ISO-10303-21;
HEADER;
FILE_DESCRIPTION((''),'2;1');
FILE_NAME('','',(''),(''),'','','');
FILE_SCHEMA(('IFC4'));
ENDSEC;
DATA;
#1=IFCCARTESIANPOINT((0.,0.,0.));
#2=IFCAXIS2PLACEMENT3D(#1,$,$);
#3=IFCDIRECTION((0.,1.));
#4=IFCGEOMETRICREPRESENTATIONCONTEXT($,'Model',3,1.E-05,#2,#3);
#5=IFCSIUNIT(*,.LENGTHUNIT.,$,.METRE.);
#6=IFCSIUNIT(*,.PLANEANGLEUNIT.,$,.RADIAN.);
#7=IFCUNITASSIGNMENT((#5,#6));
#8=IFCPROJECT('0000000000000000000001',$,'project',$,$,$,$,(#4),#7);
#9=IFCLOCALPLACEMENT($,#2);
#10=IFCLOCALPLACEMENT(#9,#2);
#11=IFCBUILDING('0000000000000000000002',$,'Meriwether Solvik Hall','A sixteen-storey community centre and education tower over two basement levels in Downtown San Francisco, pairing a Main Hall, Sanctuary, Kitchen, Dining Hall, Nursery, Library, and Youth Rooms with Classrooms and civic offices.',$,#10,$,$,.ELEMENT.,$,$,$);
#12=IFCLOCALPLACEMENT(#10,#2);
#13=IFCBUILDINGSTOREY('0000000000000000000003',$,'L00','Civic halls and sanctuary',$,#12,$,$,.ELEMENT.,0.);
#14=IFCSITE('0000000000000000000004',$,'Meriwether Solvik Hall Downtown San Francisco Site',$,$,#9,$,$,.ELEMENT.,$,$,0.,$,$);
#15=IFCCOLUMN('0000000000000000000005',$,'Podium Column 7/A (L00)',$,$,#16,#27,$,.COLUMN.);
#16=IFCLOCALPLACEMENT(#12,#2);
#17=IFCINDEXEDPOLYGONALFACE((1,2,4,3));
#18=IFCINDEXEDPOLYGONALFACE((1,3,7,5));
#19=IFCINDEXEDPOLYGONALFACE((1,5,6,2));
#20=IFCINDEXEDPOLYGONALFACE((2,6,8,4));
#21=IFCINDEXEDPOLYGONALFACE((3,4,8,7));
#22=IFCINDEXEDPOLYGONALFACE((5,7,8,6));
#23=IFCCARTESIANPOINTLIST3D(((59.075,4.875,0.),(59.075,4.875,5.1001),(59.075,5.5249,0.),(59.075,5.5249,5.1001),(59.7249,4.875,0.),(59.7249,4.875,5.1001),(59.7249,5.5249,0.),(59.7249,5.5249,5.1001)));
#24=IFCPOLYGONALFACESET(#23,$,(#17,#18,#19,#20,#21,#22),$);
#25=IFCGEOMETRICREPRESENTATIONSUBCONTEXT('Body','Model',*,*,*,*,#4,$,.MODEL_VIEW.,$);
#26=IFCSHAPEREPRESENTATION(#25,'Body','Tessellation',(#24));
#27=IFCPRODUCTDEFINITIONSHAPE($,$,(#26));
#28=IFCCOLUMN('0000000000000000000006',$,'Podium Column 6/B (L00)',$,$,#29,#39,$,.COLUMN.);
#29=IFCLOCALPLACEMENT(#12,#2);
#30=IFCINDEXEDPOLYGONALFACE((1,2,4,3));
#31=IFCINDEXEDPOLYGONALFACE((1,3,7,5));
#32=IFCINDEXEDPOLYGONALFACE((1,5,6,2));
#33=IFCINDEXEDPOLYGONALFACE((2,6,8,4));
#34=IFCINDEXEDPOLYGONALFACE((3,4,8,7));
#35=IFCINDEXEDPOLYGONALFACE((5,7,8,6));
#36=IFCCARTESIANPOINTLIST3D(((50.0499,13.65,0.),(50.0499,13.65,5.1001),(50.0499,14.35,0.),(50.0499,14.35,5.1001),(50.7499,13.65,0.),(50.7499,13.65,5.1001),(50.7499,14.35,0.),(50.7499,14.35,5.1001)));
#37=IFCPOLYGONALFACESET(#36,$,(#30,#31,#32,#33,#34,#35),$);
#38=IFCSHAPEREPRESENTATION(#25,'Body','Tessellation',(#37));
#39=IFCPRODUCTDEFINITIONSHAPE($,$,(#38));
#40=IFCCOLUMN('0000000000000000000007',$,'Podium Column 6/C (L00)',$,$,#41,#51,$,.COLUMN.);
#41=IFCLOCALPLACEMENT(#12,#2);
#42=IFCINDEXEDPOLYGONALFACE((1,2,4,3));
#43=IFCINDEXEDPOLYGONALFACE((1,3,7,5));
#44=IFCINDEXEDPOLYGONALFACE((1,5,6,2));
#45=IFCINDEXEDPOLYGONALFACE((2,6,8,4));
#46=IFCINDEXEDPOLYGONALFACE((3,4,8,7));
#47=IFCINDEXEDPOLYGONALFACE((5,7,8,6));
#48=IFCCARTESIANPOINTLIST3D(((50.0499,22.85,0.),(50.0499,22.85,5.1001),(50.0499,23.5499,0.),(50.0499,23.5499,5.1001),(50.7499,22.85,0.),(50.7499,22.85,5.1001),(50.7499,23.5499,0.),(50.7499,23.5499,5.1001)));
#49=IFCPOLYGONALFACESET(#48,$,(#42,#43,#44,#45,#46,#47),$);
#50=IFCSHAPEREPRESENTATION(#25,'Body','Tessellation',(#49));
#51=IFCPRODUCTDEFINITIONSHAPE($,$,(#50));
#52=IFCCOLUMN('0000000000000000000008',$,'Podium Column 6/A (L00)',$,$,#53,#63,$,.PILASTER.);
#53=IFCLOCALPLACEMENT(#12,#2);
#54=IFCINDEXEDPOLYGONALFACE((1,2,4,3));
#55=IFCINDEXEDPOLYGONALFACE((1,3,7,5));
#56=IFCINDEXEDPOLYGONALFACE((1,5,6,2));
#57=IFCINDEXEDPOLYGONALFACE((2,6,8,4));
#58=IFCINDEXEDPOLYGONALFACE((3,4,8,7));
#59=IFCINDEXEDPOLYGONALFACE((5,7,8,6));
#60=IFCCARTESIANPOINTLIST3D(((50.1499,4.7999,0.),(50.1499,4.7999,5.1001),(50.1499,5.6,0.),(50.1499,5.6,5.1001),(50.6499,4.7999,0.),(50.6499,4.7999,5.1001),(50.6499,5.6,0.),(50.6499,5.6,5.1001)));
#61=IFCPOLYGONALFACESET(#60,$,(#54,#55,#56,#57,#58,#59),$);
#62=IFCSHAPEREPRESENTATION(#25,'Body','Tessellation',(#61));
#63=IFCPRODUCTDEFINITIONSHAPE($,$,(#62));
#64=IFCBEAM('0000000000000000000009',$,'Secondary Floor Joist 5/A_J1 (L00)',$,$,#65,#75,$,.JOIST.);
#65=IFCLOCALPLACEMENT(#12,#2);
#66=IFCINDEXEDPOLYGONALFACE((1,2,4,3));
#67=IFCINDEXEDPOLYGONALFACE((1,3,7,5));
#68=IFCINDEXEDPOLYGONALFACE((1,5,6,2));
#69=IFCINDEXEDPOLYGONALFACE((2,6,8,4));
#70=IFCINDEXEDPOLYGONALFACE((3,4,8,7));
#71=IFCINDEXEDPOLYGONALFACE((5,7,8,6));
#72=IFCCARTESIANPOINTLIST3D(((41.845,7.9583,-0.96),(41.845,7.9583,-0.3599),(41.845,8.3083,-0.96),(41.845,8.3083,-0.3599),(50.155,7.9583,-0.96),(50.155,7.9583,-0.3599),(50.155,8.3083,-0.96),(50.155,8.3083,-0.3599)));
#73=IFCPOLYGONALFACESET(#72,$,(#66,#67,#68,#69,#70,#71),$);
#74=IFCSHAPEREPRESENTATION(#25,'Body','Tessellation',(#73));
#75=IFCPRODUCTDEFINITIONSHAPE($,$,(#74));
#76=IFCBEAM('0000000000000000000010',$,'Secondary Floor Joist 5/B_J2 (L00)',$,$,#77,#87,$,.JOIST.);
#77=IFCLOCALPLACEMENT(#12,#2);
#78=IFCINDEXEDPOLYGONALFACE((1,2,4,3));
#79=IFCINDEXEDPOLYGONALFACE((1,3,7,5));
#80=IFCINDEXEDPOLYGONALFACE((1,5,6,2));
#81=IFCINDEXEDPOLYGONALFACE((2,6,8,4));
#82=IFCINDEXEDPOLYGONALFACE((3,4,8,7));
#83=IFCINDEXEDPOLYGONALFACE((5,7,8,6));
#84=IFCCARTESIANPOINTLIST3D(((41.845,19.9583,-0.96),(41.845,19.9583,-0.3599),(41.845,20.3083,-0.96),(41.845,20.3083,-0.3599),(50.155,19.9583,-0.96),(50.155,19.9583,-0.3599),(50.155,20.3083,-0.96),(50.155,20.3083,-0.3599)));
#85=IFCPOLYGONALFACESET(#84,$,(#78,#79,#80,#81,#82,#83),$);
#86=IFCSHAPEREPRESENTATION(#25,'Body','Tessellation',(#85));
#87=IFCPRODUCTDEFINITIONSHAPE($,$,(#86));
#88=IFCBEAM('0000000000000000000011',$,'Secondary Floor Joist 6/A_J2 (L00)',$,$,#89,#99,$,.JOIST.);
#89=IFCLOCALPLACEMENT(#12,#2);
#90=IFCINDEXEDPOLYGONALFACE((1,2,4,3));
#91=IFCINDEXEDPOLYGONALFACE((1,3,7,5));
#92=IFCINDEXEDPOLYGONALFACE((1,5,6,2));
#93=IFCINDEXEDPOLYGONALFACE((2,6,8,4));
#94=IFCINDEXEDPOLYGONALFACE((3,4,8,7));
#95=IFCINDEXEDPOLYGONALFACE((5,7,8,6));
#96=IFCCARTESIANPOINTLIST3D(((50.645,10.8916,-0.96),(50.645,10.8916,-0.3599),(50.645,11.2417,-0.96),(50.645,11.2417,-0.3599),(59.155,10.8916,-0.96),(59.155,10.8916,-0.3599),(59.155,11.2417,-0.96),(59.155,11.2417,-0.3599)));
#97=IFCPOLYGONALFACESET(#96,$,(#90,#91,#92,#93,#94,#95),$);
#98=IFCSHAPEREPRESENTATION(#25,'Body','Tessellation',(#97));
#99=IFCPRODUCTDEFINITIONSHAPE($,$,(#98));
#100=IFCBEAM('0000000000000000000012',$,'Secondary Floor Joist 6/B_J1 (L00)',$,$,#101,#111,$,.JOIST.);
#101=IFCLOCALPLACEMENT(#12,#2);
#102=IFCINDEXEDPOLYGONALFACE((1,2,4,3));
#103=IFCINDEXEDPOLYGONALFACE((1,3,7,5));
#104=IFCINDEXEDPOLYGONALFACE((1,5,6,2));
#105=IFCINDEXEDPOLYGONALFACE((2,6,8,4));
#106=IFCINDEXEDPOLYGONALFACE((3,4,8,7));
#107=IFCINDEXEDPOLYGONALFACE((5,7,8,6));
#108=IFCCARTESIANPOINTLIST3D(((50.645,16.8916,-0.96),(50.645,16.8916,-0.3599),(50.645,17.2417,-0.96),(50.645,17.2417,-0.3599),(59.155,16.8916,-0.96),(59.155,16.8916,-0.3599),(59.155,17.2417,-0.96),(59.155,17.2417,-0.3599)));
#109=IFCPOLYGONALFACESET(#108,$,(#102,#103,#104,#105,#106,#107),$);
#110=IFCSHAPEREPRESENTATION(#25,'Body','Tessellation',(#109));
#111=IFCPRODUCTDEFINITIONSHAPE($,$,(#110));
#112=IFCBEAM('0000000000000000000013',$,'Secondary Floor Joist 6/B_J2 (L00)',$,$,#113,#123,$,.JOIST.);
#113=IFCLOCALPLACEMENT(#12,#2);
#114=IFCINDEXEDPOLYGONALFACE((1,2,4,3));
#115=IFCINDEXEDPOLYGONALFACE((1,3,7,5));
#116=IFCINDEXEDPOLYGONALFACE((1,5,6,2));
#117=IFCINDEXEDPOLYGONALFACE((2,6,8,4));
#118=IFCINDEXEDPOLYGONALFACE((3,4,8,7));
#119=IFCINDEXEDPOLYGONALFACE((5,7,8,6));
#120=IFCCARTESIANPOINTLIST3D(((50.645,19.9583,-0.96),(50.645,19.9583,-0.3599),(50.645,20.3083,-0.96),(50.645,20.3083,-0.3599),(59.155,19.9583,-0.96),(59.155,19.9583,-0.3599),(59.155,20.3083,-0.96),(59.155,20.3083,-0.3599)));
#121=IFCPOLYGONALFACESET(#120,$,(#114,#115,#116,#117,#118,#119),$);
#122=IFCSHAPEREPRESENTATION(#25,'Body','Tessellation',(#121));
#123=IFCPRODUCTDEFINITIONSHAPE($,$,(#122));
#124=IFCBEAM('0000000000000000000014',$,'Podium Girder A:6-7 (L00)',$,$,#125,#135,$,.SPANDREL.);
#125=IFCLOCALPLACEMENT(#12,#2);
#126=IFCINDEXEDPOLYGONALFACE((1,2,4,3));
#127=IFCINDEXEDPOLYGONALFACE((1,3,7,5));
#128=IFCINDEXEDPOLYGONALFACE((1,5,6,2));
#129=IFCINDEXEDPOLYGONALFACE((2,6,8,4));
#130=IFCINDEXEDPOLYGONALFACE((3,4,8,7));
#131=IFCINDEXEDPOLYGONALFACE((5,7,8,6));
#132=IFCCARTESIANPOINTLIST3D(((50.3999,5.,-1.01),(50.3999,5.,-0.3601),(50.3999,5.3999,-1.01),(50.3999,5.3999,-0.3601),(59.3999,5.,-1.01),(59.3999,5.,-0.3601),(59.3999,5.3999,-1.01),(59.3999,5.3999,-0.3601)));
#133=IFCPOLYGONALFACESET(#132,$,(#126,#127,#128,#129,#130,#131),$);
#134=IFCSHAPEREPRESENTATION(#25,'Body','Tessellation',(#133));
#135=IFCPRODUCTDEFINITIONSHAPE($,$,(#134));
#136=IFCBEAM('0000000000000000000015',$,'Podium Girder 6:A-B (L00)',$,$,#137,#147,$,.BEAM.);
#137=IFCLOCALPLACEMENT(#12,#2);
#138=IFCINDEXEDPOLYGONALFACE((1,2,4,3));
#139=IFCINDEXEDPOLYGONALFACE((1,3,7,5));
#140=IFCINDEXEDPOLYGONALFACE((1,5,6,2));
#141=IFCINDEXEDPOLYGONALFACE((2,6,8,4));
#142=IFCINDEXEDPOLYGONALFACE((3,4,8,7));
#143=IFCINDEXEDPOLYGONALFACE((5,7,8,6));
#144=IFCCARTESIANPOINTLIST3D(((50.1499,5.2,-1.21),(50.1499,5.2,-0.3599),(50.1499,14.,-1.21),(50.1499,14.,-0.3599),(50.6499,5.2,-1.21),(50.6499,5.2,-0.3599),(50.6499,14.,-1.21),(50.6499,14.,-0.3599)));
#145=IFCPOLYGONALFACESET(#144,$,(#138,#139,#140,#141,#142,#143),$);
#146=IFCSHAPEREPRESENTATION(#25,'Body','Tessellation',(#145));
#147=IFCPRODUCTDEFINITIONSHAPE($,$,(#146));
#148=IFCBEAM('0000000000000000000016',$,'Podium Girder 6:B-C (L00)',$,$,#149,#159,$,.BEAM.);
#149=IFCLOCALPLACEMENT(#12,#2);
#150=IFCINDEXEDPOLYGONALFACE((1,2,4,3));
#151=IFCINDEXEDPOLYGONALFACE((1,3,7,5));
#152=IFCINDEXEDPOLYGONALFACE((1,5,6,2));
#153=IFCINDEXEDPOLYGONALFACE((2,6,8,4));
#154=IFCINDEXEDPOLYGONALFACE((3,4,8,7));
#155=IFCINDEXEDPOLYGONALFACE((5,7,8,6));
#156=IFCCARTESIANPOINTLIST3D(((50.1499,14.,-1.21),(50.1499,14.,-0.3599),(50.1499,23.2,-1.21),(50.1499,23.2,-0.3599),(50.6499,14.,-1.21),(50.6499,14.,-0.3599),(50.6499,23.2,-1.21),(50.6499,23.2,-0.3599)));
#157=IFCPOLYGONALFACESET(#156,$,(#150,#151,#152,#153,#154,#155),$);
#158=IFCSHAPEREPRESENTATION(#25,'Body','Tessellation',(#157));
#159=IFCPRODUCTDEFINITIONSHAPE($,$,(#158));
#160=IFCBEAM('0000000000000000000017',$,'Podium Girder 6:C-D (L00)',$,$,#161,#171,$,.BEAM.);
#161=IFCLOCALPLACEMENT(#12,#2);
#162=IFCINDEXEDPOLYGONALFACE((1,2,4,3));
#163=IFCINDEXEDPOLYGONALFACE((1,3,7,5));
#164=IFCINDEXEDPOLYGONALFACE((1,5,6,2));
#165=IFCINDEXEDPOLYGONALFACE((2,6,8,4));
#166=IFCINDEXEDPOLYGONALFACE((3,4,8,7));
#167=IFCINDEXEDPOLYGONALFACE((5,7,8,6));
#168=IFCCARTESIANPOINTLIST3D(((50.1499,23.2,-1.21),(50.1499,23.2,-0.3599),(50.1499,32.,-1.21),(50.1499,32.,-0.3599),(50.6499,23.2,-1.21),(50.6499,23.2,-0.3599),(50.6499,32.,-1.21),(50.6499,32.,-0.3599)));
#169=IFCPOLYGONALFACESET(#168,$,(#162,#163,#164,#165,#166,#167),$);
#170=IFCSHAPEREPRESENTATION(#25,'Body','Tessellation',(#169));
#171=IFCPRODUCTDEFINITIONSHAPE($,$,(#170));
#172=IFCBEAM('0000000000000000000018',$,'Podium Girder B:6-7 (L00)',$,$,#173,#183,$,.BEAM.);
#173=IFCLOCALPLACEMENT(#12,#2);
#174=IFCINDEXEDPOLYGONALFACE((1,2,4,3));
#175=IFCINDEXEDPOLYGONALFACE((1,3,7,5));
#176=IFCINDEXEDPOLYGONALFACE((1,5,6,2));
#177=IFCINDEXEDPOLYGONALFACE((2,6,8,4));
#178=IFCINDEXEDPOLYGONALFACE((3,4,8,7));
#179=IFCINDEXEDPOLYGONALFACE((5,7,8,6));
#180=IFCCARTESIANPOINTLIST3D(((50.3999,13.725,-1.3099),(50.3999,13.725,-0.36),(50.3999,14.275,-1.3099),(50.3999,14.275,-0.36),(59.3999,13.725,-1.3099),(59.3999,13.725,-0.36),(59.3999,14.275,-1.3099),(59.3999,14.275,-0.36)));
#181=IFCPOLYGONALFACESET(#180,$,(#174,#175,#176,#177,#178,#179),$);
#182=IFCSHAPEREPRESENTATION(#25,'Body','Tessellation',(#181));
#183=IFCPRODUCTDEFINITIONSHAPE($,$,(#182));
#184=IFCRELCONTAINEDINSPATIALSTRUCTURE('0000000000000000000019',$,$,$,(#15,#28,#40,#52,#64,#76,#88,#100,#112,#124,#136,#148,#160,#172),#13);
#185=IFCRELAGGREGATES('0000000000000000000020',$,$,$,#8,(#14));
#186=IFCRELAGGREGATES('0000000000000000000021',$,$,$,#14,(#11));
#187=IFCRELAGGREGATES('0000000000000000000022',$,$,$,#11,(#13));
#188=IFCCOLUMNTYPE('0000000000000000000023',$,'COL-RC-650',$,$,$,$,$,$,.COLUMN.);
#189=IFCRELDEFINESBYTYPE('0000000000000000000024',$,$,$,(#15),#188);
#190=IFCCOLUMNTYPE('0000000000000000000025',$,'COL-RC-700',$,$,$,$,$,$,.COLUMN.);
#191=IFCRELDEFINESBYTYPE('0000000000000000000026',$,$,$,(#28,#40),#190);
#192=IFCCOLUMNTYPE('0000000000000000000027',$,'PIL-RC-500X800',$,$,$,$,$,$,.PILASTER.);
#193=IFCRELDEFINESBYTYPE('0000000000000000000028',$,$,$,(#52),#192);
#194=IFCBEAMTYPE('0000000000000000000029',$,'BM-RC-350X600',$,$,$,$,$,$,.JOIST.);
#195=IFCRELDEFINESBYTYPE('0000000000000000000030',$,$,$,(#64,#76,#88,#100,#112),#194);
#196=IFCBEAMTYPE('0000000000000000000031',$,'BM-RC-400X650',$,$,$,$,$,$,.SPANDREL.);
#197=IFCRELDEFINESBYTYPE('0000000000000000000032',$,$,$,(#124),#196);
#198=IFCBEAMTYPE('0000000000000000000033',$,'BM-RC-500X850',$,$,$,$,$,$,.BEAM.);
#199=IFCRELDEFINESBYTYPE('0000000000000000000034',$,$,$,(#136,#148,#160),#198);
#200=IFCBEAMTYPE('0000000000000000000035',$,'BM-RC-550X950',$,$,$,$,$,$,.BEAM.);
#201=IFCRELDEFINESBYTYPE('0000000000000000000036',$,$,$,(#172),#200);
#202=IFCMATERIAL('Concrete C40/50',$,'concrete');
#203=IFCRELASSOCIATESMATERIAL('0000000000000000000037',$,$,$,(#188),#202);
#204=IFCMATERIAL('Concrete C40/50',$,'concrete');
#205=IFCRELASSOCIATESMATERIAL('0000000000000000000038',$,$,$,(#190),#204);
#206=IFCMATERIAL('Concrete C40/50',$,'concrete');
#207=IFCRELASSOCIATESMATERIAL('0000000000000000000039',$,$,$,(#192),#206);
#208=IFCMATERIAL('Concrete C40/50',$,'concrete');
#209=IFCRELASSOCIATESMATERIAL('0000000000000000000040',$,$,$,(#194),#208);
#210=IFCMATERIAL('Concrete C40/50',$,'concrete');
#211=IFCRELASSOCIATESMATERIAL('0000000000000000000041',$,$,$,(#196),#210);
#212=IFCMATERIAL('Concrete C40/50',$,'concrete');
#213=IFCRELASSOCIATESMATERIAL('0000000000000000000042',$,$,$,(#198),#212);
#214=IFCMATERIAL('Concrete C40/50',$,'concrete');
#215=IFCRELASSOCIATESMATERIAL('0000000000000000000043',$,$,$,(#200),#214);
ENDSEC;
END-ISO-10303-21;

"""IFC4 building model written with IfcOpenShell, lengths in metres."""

from ifc_helpers import new_model, si_unit, direction, frame, origin, origin_2d, place, context, subcontext, project, spatial, rectangle, extrude, material, material_profile, profile_set, type_object, element, save


model = new_model("IFC4")

# Units and contexts
model_context = context("Model", 3, precision=1e-05, world=origin(), true_north=direction((0.0, 1.0)))
body_context = subcontext(model_context, "Body", "Model", "MODEL_VIEW")
ifc_project = project(units=[si_unit("LENGTHUNIT", "METRE"), si_unit("PLANEANGLEUNIT", "RADIAN")], contexts=[model_context])

# Site, building, storey
site_placement = place(None, origin())
site = spatial("IfcSite", under=ifc_project, at=site_placement, Name="Meriwether Solvik Hall Downtown San Francisco Site", CompositionType="ELEMENT", RefElevation=0.0)
building_placement = place(site_placement, origin())
building = spatial("IfcBuilding", under=site, at=building_placement, Name="Meriwether Solvik Hall", Description="A sixteen-storey community centre and education tower over two basement levels in Downtown San Francisco, pairing a Main Hall, Sanctuary, Kitchen, Dining Hall, Nursery, Library, and Youth Rooms with Classrooms and civic offices.", CompositionType="ELEMENT")
storey_placement = place(building_placement, origin())
storey = spatial("IfcBuildingStorey", under=building, at=storey_placement, Name="L00", Description="Civic halls and sanctuary", CompositionType="ELEMENT", Elevation=0.0)

# Columns
ifc_material_1 = material(Name="Concrete C40/50", Category="concrete")
ifc_material_profile_1 = material_profile(ifc_material_1, rectangle(XDim=0.6499, YDim=0.6499, at=origin_2d()), Name="RCC-650X650")
ifc_profile_set_1 = profile_set([ifc_material_profile_1], Name="Concrete C40/50")
column_type_1 = type_object("IfcColumnType", Name="COL-RC-650", PredefinedType="COLUMN", material=ifc_profile_set_1)
column_1_placement = place(storey_placement, frame((59.3999, 5.2, 0.0), z_axis=(0.0, 0.0, 1.0), x_axis=(1.0, 0.0, 0.0)))
element("IfcColumn", 1, at=column_1_placement, inside=storey, type_object=column_type_1, Name="Podium Column 7/A (L00)", PredefinedType="COLUMN", context=body_context, shape_type="SweptSolid", body=[
    extrude(rectangle(XDim=0.6499, YDim=0.6499, at=origin_2d()), origin(), (0.0, 0.0, 1.0), 5.1001),
])
ifc_material_2 = material(Name="Concrete C40/50", Category="concrete")
ifc_material_profile_2 = material_profile(ifc_material_2, rectangle(XDim=0.7, YDim=0.7, at=origin_2d()), Name="RCC-700X700")
ifc_profile_set_2 = profile_set([ifc_material_profile_2], Name="Concrete C40/50")
column_type_2 = type_object("IfcColumnType", Name="COL-RC-700", PredefinedType="COLUMN", material=ifc_profile_set_2)
for number, where, z_axis, x_axis, name in (
    (2, (50.3999, 14.0, 0.0), (0.0, 0.0, 1.0), (1.0, 0.0, 0.0), "Podium Column 6/B (L00)"),
    (3, (50.3999, 23.2, 0.0), (0.0, 0.0, 1.0), (1.0, 0.0, 0.0), "Podium Column 6/C (L00)"),
):
    element("IfcColumn", number, at=place(storey_placement, frame(where, z_axis=z_axis, x_axis=x_axis)), inside=storey, type_object=column_type_2, Name=name, PredefinedType="COLUMN", context=body_context, shape_type="SweptSolid", body=[
        extrude(rectangle(XDim=0.7, YDim=0.7, at=origin_2d()), origin(), (0.0, 0.0, 1.0), 5.1001),
    ])
ifc_material_3 = material(Name="Concrete C40/50", Category="concrete")
ifc_material_profile_3 = material_profile(ifc_material_3, rectangle(XDim=0.5, YDim=0.8, at=origin_2d()), Name="RCP-500X800")
ifc_profile_set_3 = profile_set([ifc_material_profile_3], Name="Concrete C40/50")
column_type_3 = type_object("IfcColumnType", Name="PIL-RC-500X800", PredefinedType="PILASTER", material=ifc_profile_set_3)
column_2_placement = place(storey_placement, frame((50.3999, 5.2, 0.0), z_axis=(0.0, 0.0, 1.0), x_axis=(1.0, 0.0, 0.0)))
element("IfcColumn", 4, at=column_2_placement, inside=storey, type_object=column_type_3, Name="Podium Column 6/A (L00)", PredefinedType="PILASTER", context=body_context, shape_type="SweptSolid", body=[
    extrude(rectangle(XDim=0.5, YDim=0.8, at=origin_2d()), origin(), (0.0, 0.0, 1.0), 5.1001),
])

# Beams
ifc_material_4 = material(Name="Concrete C40/50", Category="concrete")
ifc_material_profile_4 = material_profile(ifc_material_4, rectangle(XDim=0.3501, YDim=0.6001, at=origin_2d()), Name="RCB-350X600")
ifc_profile_set_4 = profile_set([ifc_material_profile_4], Name="Concrete C40/50")
beam_type_1 = type_object("IfcBeamType", Name="BM-RC-350X600", PredefinedType="JOIST", material=ifc_profile_set_4)
for number, where, z_axis, x_axis, name in (
    (5, (41.845, 8.1333, -0.6599), (1.0, 0.0, 0.0), (0.0, 1.0, 0.0), "Secondary Floor Joist 5/A_J1 (L00)"),
    (6, (41.845, 20.1333, -0.6599), (1.0, 0.0, 0.0), (0.0, 1.0, 0.0), "Secondary Floor Joist 5/B_J2 (L00)"),
):
    element("IfcBeam", number, at=place(storey_placement, frame(where, z_axis=z_axis, x_axis=x_axis)), inside=storey, type_object=beam_type_1, Name=name, PredefinedType="JOIST", context=body_context, shape_type="SweptSolid", body=[
        extrude(rectangle(XDim=0.3501, YDim=0.6001, at=origin_2d()), origin(), (0.0, 0.0, 1.0), 8.3101),
    ])
for number, where, z_axis, x_axis, name in (
    (7, (50.645, 11.0667, -0.6599), (1.0, 0.0, 0.0), (0.0, 1.0, 0.0), "Secondary Floor Joist 6/A_J2 (L00)"),
    (8, (50.645, 17.0667, -0.6599), (1.0, 0.0, 0.0), (0.0, 1.0, 0.0), "Secondary Floor Joist 6/B_J1 (L00)"),
    (9, (50.645, 20.1333, -0.6599), (1.0, 0.0, 0.0), (0.0, 1.0, 0.0), "Secondary Floor Joist 6/B_J2 (L00)"),
):
    element("IfcBeam", number, at=place(storey_placement, frame(where, z_axis=z_axis, x_axis=x_axis)), inside=storey, type_object=beam_type_1, Name=name, PredefinedType="JOIST", context=body_context, shape_type="SweptSolid", body=[
        extrude(rectangle(XDim=0.3501, YDim=0.6001, at=origin_2d()), origin(), (0.0, 0.0, 1.0), 8.51),
    ])
ifc_material_5 = material(Name="Concrete C40/50", Category="concrete")
ifc_material_profile_5 = material_profile(ifc_material_5, rectangle(XDim=0.3999, YDim=0.6499, at=origin_2d()), Name="RCB-400X650")
ifc_profile_set_5 = profile_set([ifc_material_profile_5], Name="Concrete C40/50")
beam_type_2 = type_object("IfcBeamType", Name="BM-RC-400X650", PredefinedType="SPANDREL", material=ifc_profile_set_5)
beam_1_placement = place(storey_placement, frame((50.3999, 5.2, -0.6851), z_axis=(1.0, 0.0, 0.0), x_axis=(0.0, 1.0, 0.0)))
element("IfcBeam", 10, at=beam_1_placement, inside=storey, type_object=beam_type_2, Name="Podium Girder A:6-7 (L00)", PredefinedType="SPANDREL", context=body_context, shape_type="SweptSolid", body=[
    extrude(rectangle(XDim=0.3999, YDim=0.6499, at=origin_2d()), origin(), (0.0, 0.0, 1.0), 9.0),
])
ifc_material_6 = material(Name="Concrete C40/50", Category="concrete")
ifc_material_profile_6 = material_profile(ifc_material_6, rectangle(XDim=0.5, YDim=0.8501, at=origin_2d()), Name="RCB-500X850")
ifc_profile_set_6 = profile_set([ifc_material_profile_6], Name="Concrete C40/50")
beam_type_3 = type_object("IfcBeamType", Name="BM-RC-500X850", PredefinedType="BEAM", material=ifc_profile_set_6)
beam_2_placement = place(storey_placement, frame((50.3999, 5.2, -0.7849), z_axis=(0.0, 1.0, 0.0), x_axis=(-1.0, 0.0, 0.0)))
element("IfcBeam", 11, at=beam_2_placement, inside=storey, type_object=beam_type_3, Name="Podium Girder 6:A-B (L00)", PredefinedType="BEAM", context=body_context, shape_type="SweptSolid", body=[
    extrude(rectangle(XDim=0.5, YDim=0.8501, at=origin_2d()), origin(), (0.0, 0.0, 1.0), 8.8),
])
beam_3_placement = place(storey_placement, frame((50.3999, 14.0, -0.7849), z_axis=(0.0, 1.0, 0.0), x_axis=(-1.0, 0.0, 0.0)))
element("IfcBeam", 12, at=beam_3_placement, inside=storey, type_object=beam_type_3, Name="Podium Girder 6:B-C (L00)", PredefinedType="BEAM", context=body_context, shape_type="SweptSolid", body=[
    extrude(rectangle(XDim=0.5, YDim=0.8501, at=origin_2d()), origin(), (0.0, 0.0, 1.0), 9.2),
])
beam_4_placement = place(storey_placement, frame((50.3999, 23.2, -0.7849), z_axis=(0.0, 1.0, 0.0), x_axis=(-1.0, 0.0, 0.0)))
element("IfcBeam", 13, at=beam_4_placement, inside=storey, type_object=beam_type_3, Name="Podium Girder 6:C-D (L00)", PredefinedType="BEAM", context=body_context, shape_type="SweptSolid", body=[
    extrude(rectangle(XDim=0.5, YDim=0.8501, at=origin_2d()), origin(), (0.0, 0.0, 1.0), 8.8),
])
ifc_material_7 = material(Name="Concrete C40/50", Category="concrete")
ifc_material_profile_7 = material_profile(ifc_material_7, rectangle(XDim=0.55, YDim=0.95, at=origin_2d()), Name="RCB-550X950")
ifc_profile_set_7 = profile_set([ifc_material_profile_7], Name="Concrete C40/50")
beam_type_4 = type_object("IfcBeamType", Name="BM-RC-550X950", PredefinedType="BEAM", material=ifc_profile_set_7)
for number, where, z_axis, x_axis, name in (
    (14, (50.3999, 14.0, -0.835), (1.0, 0.0, 0.0), (0.0, 1.0, 0.0), "Podium Girder B:6-7 (L00)"),
):
    element("IfcBeam", number, at=place(storey_placement, frame(where, z_axis=z_axis, x_axis=x_axis)), inside=storey, type_object=beam_type_4, Name=name, PredefinedType="BEAM", context=body_context, shape_type="SweptSolid", body=[
        extrude(rectangle(XDim=0.55, YDim=0.95, at=origin_2d()), origin(), (0.0, 0.0, 1.0), 9.0),
    ])

save(model, "model.ifc")
